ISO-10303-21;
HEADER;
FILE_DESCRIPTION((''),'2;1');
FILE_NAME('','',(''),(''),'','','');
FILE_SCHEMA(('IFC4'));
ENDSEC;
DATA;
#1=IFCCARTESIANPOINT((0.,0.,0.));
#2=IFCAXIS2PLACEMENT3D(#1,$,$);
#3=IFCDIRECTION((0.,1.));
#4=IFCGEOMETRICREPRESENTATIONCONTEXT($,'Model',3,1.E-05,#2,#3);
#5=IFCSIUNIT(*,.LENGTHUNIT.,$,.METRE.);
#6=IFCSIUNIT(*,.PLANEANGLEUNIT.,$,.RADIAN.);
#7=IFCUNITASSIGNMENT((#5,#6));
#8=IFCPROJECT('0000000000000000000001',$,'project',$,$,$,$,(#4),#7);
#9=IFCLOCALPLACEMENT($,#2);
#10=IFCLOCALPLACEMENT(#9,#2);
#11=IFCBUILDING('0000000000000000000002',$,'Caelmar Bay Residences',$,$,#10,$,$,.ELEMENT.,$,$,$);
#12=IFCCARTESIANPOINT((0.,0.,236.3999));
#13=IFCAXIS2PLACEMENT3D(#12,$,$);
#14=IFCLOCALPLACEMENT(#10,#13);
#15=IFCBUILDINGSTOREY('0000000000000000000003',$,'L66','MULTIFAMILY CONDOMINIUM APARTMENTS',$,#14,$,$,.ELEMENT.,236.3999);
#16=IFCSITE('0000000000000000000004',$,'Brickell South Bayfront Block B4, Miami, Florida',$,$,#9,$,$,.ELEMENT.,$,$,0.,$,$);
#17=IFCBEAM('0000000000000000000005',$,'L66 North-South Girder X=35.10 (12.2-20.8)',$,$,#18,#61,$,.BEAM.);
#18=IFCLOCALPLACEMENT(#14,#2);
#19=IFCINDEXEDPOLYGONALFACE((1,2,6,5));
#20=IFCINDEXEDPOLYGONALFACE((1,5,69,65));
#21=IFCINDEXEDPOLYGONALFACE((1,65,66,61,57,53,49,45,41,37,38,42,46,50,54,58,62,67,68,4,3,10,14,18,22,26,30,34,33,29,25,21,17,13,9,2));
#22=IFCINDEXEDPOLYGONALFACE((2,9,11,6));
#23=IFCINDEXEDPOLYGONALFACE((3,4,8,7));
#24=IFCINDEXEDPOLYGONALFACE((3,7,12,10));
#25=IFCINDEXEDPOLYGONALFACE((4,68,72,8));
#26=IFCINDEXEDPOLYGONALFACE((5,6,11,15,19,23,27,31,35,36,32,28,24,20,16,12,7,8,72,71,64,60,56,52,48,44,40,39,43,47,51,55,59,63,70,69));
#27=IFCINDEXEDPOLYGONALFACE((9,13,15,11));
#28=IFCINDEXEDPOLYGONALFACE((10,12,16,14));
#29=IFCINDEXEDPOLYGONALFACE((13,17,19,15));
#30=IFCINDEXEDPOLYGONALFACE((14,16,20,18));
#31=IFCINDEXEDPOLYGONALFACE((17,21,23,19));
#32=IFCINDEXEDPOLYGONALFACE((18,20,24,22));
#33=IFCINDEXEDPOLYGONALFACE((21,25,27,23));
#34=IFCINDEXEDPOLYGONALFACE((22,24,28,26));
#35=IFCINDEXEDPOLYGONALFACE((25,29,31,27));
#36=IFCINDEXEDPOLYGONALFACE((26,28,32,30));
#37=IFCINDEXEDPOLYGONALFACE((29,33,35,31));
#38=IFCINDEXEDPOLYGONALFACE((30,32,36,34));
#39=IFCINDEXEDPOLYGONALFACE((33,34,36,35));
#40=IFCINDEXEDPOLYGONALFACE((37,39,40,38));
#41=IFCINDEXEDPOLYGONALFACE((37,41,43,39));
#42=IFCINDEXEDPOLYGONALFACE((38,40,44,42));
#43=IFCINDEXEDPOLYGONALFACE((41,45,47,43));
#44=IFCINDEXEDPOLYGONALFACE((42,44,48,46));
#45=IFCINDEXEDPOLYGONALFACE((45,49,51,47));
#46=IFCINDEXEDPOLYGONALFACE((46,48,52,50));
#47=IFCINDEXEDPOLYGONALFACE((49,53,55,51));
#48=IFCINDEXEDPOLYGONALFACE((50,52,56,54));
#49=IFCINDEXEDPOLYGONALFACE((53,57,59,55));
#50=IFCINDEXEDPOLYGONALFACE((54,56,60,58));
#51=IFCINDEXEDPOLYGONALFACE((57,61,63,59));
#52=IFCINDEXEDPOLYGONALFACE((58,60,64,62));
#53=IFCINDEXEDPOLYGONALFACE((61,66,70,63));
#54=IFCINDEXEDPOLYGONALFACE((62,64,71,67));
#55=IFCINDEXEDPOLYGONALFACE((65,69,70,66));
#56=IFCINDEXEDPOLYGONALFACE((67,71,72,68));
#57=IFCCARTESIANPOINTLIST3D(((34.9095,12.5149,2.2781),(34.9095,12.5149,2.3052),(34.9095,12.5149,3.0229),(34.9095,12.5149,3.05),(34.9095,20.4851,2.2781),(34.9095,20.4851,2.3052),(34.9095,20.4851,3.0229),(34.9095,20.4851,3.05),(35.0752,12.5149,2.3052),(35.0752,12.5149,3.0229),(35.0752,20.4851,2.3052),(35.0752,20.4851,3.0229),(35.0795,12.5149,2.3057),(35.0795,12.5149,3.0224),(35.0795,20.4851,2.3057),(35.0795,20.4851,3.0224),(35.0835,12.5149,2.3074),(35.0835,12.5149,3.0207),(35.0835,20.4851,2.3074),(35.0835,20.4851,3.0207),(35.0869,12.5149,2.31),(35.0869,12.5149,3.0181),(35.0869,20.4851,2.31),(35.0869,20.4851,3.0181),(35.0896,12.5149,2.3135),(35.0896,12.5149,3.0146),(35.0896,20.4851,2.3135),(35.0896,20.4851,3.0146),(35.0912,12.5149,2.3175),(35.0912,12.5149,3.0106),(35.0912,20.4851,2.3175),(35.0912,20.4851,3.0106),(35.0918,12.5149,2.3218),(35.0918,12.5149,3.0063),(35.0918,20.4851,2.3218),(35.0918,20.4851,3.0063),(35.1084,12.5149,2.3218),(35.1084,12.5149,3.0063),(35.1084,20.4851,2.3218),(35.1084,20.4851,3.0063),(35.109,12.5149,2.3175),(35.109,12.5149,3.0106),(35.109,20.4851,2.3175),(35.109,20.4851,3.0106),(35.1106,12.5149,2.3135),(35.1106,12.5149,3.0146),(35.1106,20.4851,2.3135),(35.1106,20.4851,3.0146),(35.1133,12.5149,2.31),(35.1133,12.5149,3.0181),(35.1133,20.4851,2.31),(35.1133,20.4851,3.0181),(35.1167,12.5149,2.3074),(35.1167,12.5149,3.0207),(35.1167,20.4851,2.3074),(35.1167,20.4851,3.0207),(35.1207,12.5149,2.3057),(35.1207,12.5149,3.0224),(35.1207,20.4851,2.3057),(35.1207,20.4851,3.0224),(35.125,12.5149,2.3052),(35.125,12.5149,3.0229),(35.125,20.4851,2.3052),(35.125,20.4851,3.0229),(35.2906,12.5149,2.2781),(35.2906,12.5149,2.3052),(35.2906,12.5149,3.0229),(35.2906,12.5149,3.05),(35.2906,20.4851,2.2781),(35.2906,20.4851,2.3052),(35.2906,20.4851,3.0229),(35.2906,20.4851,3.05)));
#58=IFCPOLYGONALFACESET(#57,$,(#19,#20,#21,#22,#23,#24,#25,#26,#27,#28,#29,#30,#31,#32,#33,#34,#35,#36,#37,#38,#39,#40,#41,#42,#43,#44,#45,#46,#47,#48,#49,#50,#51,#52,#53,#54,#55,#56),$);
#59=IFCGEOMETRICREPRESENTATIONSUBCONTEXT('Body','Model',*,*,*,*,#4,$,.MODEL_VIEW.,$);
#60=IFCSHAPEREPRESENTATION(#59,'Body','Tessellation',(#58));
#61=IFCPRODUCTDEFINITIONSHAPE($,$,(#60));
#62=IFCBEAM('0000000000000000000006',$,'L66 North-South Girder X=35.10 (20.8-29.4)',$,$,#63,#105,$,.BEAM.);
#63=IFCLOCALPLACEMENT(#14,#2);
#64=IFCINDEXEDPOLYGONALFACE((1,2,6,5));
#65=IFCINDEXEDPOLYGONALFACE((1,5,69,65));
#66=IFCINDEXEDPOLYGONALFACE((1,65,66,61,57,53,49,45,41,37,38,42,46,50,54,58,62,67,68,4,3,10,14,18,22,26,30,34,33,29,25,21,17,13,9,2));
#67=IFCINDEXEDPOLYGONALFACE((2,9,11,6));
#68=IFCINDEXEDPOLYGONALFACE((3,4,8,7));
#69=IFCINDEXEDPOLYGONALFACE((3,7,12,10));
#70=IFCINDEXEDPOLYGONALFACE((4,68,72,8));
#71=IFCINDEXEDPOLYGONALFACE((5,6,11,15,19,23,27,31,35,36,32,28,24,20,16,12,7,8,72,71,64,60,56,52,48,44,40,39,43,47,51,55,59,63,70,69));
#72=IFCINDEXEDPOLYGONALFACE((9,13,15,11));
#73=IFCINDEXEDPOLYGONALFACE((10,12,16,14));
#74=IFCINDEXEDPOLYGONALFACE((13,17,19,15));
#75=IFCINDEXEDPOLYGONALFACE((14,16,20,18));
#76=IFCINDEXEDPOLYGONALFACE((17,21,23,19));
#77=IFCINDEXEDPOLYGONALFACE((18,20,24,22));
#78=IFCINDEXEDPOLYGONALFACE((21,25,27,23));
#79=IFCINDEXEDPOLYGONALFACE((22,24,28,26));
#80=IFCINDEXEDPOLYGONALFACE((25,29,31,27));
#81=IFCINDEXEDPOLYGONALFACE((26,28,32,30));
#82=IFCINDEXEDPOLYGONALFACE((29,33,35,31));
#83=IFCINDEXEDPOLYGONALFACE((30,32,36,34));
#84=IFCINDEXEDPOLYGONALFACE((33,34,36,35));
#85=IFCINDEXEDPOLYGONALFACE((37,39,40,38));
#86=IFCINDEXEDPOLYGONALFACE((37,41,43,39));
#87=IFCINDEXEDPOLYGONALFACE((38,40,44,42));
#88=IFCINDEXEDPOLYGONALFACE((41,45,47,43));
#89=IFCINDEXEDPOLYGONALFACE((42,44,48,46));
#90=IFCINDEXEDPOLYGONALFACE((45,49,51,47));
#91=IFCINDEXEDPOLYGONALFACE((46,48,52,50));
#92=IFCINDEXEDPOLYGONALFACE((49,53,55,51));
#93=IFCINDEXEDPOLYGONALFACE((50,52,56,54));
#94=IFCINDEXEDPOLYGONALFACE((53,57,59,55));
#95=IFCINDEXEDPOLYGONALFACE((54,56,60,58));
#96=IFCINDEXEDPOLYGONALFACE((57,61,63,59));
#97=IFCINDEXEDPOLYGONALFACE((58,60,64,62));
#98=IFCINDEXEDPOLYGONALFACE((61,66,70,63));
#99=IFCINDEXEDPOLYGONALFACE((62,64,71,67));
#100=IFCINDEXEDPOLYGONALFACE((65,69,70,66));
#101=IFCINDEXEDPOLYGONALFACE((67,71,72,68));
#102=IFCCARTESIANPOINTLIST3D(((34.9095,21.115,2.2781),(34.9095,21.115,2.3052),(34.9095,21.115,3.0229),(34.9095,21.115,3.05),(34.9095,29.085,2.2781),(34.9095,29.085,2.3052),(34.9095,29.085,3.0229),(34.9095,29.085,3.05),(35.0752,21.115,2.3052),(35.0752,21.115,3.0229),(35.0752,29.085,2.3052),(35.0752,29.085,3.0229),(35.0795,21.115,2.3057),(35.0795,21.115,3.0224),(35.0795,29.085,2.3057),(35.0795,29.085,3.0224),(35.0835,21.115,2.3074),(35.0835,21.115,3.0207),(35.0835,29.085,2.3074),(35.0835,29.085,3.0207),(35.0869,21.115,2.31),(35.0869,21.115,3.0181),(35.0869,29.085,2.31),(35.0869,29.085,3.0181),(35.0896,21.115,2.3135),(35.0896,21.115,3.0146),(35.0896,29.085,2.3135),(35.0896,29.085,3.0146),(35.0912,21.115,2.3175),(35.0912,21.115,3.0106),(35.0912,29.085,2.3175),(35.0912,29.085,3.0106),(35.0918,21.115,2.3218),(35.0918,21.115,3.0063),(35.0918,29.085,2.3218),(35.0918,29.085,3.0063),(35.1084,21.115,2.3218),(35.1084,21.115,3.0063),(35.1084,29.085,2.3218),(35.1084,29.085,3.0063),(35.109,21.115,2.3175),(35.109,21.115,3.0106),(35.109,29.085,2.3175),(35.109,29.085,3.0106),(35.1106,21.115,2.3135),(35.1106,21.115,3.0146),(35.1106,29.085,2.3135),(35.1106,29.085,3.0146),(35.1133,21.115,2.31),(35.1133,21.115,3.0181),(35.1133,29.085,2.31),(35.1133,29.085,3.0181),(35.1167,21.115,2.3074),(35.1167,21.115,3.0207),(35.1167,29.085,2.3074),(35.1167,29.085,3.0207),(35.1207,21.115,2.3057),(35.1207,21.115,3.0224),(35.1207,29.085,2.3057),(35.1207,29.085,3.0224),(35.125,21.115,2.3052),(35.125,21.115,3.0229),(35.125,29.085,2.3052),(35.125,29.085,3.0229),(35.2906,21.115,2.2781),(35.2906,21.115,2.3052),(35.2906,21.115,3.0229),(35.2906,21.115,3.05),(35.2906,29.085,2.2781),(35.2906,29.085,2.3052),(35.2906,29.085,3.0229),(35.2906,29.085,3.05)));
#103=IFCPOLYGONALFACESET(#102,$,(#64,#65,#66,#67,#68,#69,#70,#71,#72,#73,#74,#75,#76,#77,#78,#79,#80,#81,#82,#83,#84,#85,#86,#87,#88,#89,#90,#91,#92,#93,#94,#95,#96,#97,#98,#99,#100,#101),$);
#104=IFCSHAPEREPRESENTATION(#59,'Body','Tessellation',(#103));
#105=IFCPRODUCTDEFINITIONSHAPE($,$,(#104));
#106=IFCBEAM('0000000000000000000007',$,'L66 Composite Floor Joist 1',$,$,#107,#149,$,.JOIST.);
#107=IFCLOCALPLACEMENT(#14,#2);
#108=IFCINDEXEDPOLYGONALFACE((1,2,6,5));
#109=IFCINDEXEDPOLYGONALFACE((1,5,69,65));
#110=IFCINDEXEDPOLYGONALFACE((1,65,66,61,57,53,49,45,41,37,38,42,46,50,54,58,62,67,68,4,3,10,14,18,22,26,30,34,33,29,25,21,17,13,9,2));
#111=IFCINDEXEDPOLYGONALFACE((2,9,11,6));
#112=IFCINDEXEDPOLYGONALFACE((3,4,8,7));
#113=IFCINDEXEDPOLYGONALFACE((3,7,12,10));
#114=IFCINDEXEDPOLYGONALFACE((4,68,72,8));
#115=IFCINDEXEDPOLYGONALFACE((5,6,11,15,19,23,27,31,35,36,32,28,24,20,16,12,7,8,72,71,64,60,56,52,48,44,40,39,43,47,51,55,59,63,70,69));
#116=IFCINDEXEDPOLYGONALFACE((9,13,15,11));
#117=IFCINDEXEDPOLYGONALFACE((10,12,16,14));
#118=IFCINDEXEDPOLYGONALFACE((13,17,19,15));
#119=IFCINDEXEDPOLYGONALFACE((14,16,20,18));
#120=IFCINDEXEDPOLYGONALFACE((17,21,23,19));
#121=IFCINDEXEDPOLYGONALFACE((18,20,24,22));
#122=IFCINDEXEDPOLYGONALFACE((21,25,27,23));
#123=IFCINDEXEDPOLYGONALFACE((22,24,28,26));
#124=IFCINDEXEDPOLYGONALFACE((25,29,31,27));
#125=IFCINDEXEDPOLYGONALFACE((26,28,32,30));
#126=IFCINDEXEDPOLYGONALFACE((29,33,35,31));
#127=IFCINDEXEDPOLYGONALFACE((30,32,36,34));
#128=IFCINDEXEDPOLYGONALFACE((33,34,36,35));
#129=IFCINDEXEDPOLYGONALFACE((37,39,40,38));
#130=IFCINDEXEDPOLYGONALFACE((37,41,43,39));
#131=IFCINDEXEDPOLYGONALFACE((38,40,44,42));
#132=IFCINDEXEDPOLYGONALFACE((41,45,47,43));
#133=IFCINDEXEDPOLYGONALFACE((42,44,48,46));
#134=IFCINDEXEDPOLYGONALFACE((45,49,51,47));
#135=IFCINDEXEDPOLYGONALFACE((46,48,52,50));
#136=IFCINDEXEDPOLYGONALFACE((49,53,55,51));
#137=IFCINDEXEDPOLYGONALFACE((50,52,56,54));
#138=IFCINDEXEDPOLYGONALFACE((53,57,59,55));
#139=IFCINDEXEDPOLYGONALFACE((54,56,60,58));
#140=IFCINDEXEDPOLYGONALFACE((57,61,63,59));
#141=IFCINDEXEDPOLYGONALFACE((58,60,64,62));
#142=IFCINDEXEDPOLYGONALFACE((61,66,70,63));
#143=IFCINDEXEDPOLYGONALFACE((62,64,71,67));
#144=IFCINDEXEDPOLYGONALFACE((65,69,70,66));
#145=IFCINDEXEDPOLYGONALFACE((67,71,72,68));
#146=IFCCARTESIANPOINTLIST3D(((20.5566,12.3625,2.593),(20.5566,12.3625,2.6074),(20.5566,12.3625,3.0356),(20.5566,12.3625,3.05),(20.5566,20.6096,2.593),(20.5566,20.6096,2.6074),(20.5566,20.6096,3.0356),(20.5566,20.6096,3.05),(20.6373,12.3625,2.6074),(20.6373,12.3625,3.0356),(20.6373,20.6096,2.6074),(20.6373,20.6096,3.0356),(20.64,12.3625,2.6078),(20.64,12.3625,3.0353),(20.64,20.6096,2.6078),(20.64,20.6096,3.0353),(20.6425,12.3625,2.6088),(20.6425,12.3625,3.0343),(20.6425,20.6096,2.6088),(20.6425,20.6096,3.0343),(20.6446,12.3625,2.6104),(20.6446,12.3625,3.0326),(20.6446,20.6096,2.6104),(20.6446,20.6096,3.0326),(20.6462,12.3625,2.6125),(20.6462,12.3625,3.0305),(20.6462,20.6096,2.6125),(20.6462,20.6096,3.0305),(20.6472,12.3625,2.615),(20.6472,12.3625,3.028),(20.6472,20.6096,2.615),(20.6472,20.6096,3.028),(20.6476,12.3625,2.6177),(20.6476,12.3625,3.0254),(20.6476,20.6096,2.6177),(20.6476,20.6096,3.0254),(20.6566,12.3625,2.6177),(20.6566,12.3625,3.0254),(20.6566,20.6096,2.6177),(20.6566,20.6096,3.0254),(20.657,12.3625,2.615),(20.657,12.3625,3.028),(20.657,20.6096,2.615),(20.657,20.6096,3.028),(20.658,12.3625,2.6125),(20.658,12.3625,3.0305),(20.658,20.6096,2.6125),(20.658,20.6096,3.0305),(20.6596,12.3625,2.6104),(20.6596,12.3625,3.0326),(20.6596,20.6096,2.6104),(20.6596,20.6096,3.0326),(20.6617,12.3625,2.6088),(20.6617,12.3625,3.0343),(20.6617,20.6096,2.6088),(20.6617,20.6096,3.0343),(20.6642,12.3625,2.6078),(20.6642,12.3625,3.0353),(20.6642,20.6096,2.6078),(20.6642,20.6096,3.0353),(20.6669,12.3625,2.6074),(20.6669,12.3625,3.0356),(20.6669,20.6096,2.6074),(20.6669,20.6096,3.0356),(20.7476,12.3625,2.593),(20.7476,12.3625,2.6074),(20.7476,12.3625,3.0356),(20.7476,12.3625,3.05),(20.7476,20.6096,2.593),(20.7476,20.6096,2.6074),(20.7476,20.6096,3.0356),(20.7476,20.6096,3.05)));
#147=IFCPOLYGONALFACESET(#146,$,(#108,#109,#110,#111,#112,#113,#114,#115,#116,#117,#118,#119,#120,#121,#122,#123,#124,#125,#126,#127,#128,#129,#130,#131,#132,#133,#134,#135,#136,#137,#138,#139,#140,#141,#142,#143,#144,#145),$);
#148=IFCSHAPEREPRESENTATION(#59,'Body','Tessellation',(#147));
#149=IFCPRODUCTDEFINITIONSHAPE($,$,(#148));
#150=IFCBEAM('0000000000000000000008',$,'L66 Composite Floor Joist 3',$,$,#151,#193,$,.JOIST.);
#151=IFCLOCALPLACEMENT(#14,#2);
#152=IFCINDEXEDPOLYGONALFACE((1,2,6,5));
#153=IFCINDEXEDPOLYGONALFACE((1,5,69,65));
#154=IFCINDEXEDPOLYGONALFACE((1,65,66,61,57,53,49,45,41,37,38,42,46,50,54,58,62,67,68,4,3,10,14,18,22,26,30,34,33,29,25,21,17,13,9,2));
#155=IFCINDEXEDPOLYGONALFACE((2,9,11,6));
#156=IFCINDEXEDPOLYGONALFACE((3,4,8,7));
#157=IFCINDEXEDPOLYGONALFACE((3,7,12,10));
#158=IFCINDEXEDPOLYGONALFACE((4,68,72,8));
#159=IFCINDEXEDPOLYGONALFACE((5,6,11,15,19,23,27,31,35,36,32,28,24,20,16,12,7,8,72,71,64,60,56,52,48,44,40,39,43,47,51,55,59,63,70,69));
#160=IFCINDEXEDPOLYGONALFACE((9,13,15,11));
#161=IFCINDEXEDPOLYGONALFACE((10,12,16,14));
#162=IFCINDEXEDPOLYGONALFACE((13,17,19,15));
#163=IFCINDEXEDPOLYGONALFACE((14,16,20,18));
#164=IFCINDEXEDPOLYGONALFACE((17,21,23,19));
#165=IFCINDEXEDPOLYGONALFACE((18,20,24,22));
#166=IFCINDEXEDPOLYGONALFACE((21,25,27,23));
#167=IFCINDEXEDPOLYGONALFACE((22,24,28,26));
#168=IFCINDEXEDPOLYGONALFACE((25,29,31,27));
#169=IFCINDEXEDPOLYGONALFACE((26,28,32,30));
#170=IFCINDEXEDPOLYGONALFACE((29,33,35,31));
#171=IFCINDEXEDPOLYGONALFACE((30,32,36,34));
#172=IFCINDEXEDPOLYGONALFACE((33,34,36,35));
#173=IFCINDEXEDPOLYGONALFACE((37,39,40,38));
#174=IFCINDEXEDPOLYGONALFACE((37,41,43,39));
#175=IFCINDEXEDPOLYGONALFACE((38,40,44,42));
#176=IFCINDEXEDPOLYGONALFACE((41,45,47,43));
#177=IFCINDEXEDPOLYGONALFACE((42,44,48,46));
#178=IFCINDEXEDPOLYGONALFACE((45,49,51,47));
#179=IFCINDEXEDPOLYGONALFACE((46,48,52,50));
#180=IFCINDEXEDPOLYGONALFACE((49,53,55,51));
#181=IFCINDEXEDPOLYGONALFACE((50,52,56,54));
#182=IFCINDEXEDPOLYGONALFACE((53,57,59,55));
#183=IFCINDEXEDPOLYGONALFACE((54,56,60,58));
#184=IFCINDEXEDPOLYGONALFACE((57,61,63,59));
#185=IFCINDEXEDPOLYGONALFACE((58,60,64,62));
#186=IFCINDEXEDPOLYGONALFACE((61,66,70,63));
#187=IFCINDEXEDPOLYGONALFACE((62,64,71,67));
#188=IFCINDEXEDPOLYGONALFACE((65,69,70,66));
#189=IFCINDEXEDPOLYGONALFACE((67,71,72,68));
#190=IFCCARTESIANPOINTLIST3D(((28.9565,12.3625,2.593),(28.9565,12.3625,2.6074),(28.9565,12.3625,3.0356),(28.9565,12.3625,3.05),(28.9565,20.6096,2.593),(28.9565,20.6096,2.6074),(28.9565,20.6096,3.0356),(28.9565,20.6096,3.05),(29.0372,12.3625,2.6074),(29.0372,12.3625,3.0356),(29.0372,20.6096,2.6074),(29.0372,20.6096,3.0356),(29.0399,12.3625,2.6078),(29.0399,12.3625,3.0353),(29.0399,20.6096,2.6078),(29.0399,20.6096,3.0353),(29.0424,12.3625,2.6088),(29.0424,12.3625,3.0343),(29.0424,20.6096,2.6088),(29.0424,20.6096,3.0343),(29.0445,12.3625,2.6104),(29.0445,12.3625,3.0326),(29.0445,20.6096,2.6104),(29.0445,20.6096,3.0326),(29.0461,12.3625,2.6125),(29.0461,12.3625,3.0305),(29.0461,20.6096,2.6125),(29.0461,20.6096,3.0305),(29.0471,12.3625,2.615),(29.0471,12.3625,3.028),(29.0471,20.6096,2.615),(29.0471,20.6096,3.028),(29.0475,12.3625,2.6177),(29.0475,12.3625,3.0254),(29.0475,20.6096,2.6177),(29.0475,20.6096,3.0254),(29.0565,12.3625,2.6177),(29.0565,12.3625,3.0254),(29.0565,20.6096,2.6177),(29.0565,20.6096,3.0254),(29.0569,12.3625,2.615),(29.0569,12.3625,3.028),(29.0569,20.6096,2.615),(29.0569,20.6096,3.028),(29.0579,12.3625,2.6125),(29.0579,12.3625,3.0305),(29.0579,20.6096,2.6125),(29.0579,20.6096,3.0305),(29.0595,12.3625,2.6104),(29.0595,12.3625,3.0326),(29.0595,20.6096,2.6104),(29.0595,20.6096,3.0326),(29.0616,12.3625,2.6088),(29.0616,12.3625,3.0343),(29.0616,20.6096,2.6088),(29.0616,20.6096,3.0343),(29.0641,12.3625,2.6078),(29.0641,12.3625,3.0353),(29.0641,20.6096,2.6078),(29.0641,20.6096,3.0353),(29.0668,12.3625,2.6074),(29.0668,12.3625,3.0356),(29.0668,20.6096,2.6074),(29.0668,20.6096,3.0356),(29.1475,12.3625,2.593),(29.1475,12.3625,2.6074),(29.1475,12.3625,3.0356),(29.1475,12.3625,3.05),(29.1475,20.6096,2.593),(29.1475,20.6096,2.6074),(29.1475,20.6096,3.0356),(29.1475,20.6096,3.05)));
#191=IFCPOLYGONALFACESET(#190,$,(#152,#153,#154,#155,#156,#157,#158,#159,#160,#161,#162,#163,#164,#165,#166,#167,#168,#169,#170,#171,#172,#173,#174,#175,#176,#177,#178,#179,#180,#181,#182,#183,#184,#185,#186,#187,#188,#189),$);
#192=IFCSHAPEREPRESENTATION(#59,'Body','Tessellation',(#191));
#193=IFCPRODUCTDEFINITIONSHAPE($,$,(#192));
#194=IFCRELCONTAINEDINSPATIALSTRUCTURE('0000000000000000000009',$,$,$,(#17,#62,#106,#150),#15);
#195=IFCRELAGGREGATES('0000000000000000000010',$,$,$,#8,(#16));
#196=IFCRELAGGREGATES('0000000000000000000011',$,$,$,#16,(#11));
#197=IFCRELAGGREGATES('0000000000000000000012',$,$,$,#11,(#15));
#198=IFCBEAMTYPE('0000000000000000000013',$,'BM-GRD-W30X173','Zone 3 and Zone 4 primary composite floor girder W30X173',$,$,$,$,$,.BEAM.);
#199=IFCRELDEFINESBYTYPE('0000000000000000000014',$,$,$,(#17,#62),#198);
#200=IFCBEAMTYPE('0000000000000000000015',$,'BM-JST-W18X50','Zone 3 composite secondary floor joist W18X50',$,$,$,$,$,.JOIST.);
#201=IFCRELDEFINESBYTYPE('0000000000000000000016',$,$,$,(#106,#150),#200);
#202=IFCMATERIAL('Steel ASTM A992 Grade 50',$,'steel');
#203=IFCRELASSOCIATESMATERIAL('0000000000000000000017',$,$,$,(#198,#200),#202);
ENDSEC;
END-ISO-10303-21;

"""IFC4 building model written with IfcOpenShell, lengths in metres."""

from ifc_helpers import new_model, si_unit, direction, frame, origin, origin_2d, place, context, subcontext, project, spatial, i_section, extrude, material, material_profile, profile_set, type_object, element, save


model = new_model("IFC4")

# Units and contexts
model_context = context("Model", 3, precision=1e-05, world=origin(), true_north=direction((0.0, 1.0)))
body_context = subcontext(model_context, "Body", "Model", "MODEL_VIEW")
ifc_project = project(units=[si_unit("LENGTHUNIT", "METRE"), si_unit("PLANEANGLEUNIT", "RADIAN")], contexts=[model_context])

# Site, building, storey
site_placement = place(None, origin())
site = spatial("IfcSite", under=ifc_project, at=site_placement, Name="Brickell South Bayfront Block B4, Miami, Florida", CompositionType="ELEMENT", RefElevation=0.0)
building_placement = place(site_placement, origin())
building = spatial("IfcBuilding", under=site, at=building_placement, Name="Caelmar Bay Residences", CompositionType="ELEMENT")
storey_placement = place(building_placement, frame((0.0, 0.0, 236.3999)))
storey = spatial("IfcBuildingStorey", under=building, at=storey_placement, Name="L66", Description="MULTIFAMILY CONDOMINIUM APARTMENTS", CompositionType="ELEMENT", Elevation=236.3999)

# Beams
ifc_material_1 = material(Name="Steel ASTM A992 Grade 50", Category="steel")
ifc_material_profile_1 = material_profile(ifc_material_1, i_section(OverallWidth=0.3811, OverallDepth=0.772, WebThickness=0.0166, FlangeThickness=0.0271, FilletRadius=0.0166, at=origin_2d()), Name="W30X173")
ifc_profile_set_1 = profile_set([ifc_material_profile_1], Name="Steel ASTM A992 Grade 50")
beam_type_1 = type_object("IfcBeamType", Name="BM-GRD-W30X173", Description="Zone 3 and Zone 4 primary composite floor girder W30X173", PredefinedType="BEAM", material=ifc_profile_set_1)
for number, where, z_axis, x_axis, name in (
    (1, (35.1001, 12.5149, 2.6641), (0.0, 1.0, 0.0), (-1.0, 0.0, 0.0), "L66 North-South Girder X=35.10 (12.2-20.8)"),
):
    element("IfcBeam", number, at=place(storey_placement, frame(where, z_axis=z_axis, x_axis=x_axis)), inside=storey, type_object=beam_type_1, Name=name, PredefinedType="BEAM", context=body_context, shape_type="SweptSolid", body=[
        extrude(i_section(OverallWidth=0.3811, OverallDepth=0.772, WebThickness=0.0166, FlangeThickness=0.0271, FilletRadius=0.0166, at=origin_2d()), origin(), (0.0, 0.0, 1.0), 7.9702),
    ])
beam_1_placement = place(storey_placement, frame((35.1001, 21.115, 2.6641), z_axis=(0.0, 1.0, 0.0), x_axis=(-1.0, 0.0, 0.0)))
element("IfcBeam", 2, at=beam_1_placement, inside=storey, type_object=beam_type_1, Name="L66 North-South Girder X=35.10 (20.8-29.4)", PredefinedType="BEAM", context=body_context, shape_type="SweptSolid", body=[
    extrude(i_section(OverallWidth=0.3811, OverallDepth=0.772, WebThickness=0.0166, FlangeThickness=0.0271, FilletRadius=0.0166, at=origin_2d()), origin(), (0.0, 0.0, 1.0), 7.97),
])
ifc_material_profile_2 = material_profile(ifc_material_1, i_section(OverallWidth=0.1909, OverallDepth=0.457, WebThickness=0.009, FlangeThickness=0.0144, FilletRadius=0.0103, at=origin_2d()), Name="W18X50")
ifc_profile_set_2 = profile_set([ifc_material_profile_2], Name="Steel ASTM A992 Grade 50")
beam_type_2 = type_object("IfcBeamType", Name="BM-JST-W18X50", Description="Zone 3 composite secondary floor joist W18X50", PredefinedType="JOIST", material=ifc_profile_set_2)
for number, where, z_axis, x_axis, name in (
    (3, (20.6521, 12.3625, 2.8215), (0.0, 1.0, 0.0), (-1.0, 0.0, 0.0), "L66 Composite Floor Joist 1"),
    (4, (29.052, 12.3625, 2.8215), (0.0, 1.0, 0.0), (-1.0, 0.0, 0.0), "L66 Composite Floor Joist 3"),
):
    element("IfcBeam", number, at=place(storey_placement, frame(where, z_axis=z_axis, x_axis=x_axis)), inside=storey, type_object=beam_type_2, Name=name, PredefinedType="JOIST", context=body_context, shape_type="SweptSolid", body=[
        extrude(i_section(OverallWidth=0.1909, OverallDepth=0.457, WebThickness=0.009, FlangeThickness=0.0144, FilletRadius=0.0103, at=origin_2d()), origin(), (0.0, 0.0, 1.0), 8.2471),
    ])

save(model, "model.ifc")
